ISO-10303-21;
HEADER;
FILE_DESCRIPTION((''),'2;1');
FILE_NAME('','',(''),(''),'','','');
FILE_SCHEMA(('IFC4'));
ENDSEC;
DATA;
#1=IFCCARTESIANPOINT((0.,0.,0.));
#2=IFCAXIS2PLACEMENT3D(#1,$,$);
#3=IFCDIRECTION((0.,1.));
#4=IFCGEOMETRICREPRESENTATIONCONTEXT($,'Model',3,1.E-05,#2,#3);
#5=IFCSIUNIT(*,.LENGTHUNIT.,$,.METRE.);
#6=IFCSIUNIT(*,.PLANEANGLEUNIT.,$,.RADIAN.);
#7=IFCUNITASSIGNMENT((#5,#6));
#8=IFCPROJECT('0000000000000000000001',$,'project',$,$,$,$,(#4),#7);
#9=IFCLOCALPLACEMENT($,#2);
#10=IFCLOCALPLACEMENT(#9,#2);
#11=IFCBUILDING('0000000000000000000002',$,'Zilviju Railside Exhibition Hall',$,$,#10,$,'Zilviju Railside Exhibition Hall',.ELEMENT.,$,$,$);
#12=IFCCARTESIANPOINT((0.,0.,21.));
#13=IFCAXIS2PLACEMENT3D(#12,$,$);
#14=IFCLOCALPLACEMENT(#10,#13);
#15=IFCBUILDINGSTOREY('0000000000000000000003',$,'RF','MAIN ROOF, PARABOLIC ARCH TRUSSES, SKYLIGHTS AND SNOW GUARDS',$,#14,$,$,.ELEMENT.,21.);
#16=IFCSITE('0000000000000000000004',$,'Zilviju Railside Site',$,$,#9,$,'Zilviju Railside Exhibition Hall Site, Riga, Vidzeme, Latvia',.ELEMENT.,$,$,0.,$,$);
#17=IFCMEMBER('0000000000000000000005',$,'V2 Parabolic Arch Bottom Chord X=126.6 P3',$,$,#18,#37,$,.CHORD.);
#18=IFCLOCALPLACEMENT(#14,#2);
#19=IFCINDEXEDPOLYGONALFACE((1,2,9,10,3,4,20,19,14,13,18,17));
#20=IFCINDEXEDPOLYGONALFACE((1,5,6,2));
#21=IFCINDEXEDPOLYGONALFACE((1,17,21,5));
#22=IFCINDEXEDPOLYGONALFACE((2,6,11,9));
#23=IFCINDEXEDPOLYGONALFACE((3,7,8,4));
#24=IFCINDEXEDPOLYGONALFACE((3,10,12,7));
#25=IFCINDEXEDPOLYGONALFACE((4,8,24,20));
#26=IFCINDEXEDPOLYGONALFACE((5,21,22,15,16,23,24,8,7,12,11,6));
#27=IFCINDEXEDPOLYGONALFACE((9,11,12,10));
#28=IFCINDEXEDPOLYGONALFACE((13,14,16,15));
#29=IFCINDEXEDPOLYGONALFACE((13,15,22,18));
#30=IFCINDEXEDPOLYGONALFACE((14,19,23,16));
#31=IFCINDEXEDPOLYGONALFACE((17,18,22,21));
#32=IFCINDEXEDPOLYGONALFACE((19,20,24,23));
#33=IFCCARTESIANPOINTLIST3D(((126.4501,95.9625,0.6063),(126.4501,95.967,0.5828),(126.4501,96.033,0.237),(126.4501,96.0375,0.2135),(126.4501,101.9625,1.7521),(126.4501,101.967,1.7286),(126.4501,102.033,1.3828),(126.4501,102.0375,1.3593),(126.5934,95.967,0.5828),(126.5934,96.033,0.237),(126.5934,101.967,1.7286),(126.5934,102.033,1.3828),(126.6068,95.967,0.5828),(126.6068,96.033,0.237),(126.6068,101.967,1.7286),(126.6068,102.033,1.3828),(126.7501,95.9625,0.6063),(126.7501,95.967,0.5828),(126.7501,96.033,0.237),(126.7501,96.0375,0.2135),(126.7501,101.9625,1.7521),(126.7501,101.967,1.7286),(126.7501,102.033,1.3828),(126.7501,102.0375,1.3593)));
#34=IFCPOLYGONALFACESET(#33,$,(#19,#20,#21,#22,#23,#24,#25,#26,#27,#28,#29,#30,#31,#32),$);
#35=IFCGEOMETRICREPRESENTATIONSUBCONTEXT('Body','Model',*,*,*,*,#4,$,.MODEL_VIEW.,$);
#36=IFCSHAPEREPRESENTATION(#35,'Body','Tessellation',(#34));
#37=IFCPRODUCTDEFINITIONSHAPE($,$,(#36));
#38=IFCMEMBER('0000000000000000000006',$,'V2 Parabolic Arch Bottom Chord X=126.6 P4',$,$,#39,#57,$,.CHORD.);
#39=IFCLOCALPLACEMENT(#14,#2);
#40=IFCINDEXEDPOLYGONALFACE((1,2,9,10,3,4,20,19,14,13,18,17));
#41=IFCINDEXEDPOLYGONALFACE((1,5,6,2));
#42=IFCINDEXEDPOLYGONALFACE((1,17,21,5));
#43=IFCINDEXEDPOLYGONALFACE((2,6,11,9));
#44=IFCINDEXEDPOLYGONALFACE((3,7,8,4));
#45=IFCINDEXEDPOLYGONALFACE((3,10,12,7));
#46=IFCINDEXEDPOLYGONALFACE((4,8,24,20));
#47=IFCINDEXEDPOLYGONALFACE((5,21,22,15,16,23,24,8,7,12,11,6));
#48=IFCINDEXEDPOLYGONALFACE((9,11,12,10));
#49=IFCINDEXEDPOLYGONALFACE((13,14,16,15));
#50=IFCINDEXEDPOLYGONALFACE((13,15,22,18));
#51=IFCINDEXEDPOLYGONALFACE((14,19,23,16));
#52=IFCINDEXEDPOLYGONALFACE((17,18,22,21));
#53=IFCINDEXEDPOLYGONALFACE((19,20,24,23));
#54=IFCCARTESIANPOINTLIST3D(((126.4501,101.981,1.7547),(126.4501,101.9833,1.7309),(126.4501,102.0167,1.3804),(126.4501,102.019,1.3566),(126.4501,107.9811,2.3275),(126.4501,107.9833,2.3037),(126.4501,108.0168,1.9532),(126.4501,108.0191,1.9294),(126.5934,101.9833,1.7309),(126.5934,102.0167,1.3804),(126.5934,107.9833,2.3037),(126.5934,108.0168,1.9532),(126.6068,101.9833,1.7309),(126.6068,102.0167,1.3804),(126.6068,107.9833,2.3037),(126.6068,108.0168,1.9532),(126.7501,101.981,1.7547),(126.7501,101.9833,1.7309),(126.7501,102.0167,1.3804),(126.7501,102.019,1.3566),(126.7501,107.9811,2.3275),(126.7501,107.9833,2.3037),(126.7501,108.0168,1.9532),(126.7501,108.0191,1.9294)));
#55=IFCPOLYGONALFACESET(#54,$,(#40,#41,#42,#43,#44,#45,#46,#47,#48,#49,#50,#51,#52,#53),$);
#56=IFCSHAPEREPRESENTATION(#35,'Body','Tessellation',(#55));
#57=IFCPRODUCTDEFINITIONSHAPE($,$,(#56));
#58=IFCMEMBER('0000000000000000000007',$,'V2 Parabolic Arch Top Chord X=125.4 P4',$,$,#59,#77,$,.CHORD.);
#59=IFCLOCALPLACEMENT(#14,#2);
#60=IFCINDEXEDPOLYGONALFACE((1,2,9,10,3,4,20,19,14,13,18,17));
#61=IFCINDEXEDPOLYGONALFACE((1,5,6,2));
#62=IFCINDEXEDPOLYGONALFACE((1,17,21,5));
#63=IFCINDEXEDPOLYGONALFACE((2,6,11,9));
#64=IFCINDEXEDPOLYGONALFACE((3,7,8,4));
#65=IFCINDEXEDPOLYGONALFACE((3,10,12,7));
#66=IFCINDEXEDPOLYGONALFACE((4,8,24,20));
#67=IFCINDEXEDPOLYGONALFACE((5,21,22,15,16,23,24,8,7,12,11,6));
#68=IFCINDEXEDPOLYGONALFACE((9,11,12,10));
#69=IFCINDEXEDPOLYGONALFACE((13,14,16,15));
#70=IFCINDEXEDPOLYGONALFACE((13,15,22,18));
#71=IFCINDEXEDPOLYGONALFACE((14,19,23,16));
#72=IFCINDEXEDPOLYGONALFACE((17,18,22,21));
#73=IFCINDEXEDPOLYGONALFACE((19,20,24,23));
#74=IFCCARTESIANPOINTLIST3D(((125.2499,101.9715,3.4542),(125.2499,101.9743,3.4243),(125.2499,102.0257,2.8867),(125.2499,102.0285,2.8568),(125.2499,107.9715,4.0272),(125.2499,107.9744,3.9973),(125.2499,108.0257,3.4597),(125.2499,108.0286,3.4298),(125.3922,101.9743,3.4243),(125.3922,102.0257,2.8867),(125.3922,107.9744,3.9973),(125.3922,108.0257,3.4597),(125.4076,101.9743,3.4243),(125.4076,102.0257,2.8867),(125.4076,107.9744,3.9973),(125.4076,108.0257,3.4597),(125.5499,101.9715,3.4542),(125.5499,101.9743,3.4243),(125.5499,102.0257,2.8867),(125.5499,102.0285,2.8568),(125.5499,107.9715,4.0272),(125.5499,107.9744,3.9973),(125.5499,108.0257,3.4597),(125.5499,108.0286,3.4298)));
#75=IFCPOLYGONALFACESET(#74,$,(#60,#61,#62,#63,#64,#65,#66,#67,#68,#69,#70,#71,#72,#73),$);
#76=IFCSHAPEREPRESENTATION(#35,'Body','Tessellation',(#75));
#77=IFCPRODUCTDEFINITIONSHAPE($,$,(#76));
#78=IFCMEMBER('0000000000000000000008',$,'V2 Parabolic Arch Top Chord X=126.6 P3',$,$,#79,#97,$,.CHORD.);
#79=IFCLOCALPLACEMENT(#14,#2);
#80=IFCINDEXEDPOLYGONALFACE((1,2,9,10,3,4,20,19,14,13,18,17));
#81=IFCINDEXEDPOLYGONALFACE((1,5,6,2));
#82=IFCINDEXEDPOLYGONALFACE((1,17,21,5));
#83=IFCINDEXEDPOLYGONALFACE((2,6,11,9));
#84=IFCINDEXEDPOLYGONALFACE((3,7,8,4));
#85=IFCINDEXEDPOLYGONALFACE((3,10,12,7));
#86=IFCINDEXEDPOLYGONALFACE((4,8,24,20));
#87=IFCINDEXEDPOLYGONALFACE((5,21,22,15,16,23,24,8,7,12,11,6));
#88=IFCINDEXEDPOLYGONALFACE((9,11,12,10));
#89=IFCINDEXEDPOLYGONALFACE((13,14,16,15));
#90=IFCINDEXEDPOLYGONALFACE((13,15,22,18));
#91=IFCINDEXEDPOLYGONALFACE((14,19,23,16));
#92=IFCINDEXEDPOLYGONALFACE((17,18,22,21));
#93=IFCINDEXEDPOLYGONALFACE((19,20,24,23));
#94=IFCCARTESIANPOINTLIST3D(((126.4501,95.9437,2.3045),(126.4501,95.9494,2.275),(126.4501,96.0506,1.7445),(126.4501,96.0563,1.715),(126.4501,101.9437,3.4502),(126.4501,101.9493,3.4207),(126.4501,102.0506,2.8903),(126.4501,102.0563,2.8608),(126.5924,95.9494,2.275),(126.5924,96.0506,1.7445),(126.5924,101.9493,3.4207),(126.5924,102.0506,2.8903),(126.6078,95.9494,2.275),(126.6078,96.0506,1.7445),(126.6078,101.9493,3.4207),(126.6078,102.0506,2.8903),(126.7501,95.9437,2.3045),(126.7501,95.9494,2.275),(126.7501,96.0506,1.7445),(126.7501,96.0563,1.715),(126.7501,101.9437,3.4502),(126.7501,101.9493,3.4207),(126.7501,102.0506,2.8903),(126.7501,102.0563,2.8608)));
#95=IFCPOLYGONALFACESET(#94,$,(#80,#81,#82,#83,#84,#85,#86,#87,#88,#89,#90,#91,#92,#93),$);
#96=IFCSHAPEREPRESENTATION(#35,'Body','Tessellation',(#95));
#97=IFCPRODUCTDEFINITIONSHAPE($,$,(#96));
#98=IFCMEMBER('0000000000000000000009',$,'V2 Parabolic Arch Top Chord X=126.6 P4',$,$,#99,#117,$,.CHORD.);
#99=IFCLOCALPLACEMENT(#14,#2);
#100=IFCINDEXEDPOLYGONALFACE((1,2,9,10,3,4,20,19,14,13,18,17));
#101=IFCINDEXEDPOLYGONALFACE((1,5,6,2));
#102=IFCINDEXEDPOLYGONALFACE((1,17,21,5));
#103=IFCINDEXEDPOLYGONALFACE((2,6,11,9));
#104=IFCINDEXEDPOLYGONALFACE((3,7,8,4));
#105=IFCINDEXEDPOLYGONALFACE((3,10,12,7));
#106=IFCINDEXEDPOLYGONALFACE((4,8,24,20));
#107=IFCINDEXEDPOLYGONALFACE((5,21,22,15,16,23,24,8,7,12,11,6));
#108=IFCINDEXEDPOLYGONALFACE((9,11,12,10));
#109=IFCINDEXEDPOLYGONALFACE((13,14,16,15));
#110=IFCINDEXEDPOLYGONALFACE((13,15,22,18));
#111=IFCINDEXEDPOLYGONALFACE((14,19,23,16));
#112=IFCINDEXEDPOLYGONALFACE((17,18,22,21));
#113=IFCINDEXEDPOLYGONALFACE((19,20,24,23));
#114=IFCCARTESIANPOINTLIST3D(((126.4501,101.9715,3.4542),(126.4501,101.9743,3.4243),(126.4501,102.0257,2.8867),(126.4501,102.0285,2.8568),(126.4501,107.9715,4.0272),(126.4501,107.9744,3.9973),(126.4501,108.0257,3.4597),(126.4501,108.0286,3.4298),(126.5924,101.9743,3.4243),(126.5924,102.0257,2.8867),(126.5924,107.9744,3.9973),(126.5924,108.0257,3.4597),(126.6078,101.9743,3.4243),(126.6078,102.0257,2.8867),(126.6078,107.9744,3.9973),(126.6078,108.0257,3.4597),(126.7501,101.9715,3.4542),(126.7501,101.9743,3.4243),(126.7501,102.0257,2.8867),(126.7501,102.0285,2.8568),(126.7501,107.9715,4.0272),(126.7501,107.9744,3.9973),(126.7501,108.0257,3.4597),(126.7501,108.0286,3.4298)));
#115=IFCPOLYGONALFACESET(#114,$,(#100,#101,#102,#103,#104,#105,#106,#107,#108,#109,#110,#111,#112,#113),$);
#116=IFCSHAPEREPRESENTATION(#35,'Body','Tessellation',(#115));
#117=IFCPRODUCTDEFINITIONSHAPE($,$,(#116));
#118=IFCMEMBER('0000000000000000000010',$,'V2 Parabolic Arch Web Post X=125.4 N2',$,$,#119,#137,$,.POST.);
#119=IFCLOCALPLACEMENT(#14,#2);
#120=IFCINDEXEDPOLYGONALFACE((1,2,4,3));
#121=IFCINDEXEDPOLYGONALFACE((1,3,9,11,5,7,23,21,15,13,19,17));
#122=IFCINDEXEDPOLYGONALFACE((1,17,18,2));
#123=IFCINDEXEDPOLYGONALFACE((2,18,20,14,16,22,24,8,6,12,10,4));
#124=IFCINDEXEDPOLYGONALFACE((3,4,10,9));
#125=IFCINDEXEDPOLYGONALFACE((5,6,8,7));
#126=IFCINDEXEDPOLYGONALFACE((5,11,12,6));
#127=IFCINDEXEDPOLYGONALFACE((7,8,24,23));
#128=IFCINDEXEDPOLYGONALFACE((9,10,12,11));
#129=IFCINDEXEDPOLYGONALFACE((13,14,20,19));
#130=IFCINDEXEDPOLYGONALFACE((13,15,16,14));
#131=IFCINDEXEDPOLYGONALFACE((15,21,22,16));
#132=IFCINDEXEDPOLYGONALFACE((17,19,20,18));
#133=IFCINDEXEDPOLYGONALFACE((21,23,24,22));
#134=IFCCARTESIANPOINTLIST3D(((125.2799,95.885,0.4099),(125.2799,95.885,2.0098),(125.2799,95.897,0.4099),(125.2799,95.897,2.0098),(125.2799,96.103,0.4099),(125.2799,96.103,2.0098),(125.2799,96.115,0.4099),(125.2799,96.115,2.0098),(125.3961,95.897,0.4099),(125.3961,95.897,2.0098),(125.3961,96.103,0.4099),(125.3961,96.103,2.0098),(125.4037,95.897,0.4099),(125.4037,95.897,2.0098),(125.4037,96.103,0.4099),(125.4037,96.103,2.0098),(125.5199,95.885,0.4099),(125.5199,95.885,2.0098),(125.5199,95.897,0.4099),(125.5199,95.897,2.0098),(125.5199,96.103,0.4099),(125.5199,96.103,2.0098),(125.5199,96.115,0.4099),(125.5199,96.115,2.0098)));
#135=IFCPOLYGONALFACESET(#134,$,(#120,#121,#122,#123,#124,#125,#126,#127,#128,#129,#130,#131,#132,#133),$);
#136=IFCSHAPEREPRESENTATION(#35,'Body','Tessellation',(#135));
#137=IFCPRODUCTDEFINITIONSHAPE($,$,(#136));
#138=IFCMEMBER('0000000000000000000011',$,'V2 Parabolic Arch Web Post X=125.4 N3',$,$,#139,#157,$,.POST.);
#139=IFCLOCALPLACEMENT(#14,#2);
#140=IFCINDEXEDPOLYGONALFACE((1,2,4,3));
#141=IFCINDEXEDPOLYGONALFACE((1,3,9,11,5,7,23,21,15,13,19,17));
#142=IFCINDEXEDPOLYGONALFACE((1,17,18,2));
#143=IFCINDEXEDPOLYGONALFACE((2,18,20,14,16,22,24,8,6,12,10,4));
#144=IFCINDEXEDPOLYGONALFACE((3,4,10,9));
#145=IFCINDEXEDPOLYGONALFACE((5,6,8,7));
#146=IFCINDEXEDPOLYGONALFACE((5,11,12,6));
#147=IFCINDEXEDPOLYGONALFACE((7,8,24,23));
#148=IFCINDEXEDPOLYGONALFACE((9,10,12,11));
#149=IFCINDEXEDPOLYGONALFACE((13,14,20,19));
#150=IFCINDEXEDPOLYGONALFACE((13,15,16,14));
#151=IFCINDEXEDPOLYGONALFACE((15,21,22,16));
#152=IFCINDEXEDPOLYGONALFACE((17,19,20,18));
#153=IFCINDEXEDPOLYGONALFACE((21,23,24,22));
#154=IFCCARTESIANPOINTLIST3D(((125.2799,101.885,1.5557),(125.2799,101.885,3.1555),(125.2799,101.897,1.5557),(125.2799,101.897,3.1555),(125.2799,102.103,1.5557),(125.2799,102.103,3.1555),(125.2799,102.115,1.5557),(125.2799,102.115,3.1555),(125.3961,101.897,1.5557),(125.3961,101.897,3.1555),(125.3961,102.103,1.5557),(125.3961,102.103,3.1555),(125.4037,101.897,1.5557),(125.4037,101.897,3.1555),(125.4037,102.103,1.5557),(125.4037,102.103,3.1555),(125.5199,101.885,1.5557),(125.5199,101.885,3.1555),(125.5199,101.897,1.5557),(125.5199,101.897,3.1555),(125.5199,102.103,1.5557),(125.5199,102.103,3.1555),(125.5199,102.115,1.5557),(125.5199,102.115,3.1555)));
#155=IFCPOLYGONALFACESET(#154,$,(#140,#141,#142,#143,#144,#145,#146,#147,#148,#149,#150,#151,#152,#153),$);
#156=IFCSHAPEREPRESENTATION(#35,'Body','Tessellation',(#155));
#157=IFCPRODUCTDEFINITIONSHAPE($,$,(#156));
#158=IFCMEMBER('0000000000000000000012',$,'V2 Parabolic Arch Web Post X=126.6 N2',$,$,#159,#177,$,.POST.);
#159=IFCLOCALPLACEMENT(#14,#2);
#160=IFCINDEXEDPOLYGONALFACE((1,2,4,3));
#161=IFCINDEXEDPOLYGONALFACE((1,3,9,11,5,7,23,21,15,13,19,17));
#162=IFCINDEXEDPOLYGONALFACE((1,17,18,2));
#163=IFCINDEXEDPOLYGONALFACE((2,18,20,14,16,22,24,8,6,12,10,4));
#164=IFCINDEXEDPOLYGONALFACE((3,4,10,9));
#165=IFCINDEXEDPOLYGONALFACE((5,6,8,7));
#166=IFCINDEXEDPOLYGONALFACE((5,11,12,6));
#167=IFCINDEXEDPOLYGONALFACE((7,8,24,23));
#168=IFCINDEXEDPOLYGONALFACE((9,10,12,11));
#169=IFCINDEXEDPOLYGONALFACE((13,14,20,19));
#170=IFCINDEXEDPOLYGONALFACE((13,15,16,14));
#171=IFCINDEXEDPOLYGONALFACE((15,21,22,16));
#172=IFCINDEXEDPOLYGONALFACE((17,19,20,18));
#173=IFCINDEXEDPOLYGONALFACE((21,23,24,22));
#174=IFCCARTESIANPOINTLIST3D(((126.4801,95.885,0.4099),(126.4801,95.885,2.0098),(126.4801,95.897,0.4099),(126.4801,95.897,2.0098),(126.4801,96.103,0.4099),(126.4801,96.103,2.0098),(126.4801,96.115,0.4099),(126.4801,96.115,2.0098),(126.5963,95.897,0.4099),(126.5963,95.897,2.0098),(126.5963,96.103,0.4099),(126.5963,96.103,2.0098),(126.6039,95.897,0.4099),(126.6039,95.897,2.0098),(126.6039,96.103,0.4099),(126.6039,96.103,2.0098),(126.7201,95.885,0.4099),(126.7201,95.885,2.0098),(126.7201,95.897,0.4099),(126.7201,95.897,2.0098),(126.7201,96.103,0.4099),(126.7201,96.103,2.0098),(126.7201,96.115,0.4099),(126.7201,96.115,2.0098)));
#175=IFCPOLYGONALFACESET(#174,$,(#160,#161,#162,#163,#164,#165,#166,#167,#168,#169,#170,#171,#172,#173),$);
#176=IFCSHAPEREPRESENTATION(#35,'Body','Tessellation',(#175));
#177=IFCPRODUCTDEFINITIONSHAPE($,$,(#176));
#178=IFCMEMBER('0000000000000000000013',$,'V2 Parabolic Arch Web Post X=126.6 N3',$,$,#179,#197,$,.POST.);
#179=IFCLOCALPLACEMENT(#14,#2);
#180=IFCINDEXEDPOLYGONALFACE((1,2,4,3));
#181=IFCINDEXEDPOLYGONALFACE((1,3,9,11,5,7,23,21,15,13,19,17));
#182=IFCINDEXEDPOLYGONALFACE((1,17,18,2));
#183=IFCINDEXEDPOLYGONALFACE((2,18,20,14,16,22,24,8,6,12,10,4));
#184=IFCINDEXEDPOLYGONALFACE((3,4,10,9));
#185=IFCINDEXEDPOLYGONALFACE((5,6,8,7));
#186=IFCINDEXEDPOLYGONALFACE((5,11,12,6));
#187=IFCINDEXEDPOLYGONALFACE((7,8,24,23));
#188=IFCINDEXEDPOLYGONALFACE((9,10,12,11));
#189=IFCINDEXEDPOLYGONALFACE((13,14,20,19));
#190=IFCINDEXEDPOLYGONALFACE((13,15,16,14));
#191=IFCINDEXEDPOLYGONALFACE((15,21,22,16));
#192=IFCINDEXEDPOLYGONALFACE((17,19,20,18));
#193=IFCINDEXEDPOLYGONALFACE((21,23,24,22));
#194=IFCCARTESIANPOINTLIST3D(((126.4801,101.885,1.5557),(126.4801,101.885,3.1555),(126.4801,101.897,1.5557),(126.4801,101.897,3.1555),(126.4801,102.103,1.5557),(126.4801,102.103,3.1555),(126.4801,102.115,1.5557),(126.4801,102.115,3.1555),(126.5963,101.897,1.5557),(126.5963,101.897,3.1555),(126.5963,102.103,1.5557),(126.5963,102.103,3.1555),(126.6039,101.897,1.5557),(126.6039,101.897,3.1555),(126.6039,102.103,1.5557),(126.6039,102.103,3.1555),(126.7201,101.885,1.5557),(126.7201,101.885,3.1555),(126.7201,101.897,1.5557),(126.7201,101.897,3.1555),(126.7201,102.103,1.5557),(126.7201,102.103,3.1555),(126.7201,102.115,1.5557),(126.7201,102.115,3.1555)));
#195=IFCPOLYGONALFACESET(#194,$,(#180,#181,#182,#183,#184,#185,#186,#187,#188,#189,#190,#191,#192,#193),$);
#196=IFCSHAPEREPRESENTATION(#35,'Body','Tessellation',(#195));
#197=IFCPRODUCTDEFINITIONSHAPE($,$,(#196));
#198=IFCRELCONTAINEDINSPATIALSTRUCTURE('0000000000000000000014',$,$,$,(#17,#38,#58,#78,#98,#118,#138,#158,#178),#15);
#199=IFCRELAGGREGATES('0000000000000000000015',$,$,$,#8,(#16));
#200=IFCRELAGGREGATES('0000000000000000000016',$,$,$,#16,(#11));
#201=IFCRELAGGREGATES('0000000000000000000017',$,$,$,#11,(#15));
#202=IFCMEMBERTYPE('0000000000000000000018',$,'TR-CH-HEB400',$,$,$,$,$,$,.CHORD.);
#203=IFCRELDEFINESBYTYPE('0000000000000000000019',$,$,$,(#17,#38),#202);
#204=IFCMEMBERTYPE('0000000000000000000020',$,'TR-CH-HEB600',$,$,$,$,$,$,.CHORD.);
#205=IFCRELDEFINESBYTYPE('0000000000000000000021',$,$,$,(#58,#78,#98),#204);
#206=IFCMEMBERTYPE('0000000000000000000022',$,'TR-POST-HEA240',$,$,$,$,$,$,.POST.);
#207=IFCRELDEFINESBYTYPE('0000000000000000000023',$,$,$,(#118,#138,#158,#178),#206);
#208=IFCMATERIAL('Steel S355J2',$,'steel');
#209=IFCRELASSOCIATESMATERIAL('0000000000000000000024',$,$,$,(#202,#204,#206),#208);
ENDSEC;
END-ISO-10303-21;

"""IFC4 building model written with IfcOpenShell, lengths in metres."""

from ifc_helpers import new_model, si_unit, direction, frame, origin, origin_2d, place, context, subcontext, project, spatial, i_section, extrude, material, material_profile, profile_set, type_object, element, save


model = new_model("IFC4")

# Units and contexts
model_context = context("Model", 3, precision=1e-05, world=origin(), true_north=direction((0.0, 1.0)))
body_context = subcontext(model_context, "Body", "Model", "MODEL_VIEW")
ifc_project = project(units=[si_unit("LENGTHUNIT", "METRE"), si_unit("PLANEANGLEUNIT", "RADIAN")], contexts=[model_context])

# Site, building, storey
site_placement = place(None, origin())
site = spatial("IfcSite", under=ifc_project, at=site_placement, Name="Zilviju Railside Site", LongName="Zilviju Railside Exhibition Hall Site, Riga, Vidzeme, Latvia", CompositionType="ELEMENT", RefElevation=0.0)
building_placement = place(site_placement, origin())
building = spatial("IfcBuilding", under=site, at=building_placement, Name="Zilviju Railside Exhibition Hall", LongName="Zilviju Railside Exhibition Hall", CompositionType="ELEMENT")
storey_placement = place(building_placement, frame((0.0, 0.0, 21.0)))
storey = spatial("IfcBuildingStorey", under=building, at=storey_placement, Name="RF", Description="MAIN ROOF, PARABOLIC ARCH TRUSSES, SKYLIGHTS AND SNOW GUARDS", CompositionType="ELEMENT", Elevation=21.0)

# Members
ifc_material_1 = material(Name="Steel S355J2", Category="steel")
ifc_material_profile_1 = material_profile(ifc_material_1, i_section(OverallWidth=0.3, OverallDepth=0.3999, WebThickness=0.0134, FlangeThickness=0.0239, at=origin_2d()), Name="HEB 400")
ifc_profile_set_1 = profile_set([ifc_material_profile_1], Name="Steel S355J2")
member_type_1 = type_object("IfcMemberType", Name="TR-CH-HEB400", PredefinedType="CHORD", material=ifc_profile_set_1)
member_1_placement = place(storey_placement, frame((126.6001, 96.0, 0.4099), z_axis=(0.0, 0.982251, 0.187569), x_axis=(-1.0, 0.0, 0.0)))
element("IfcMember", 1, at=member_1_placement, inside=storey, type_object=member_type_1, Name="V2 Parabolic Arch Bottom Chord X=126.6 P3", PredefinedType="CHORD", context=body_context, shape_type="SweptSolid", body=[
    extrude(i_section(OverallWidth=0.3, OverallDepth=0.3999, WebThickness=0.0134, FlangeThickness=0.0239, at=origin_2d()), origin(), (0.0, 0.0, 1.0), 6.1084),
])
member_2_placement = place(storey_placement, frame((126.6001, 102.0, 1.5557), z_axis=(0.0, 0.995475, 0.095027), x_axis=(-1.0, 0.0, 0.0)))
element("IfcMember", 2, at=member_2_placement, inside=storey, type_object=member_type_1, Name="V2 Parabolic Arch Bottom Chord X=126.6 P4", PredefinedType="CHORD", context=body_context, shape_type="SweptSolid", body=[
    extrude(i_section(OverallWidth=0.3, OverallDepth=0.3999, WebThickness=0.0134, FlangeThickness=0.0239, at=origin_2d()), origin(), (0.0, 0.0, 1.0), 6.0273),
])
ifc_material_profile_2 = material_profile(ifc_material_1, i_section(OverallWidth=0.3, OverallDepth=0.6001, WebThickness=0.0154, FlangeThickness=0.03, at=origin_2d()), Name="HEB 600")
ifc_profile_set_2 = profile_set([ifc_material_profile_2], Name="Steel S355J2")
member_type_2 = type_object("IfcMemberType", Name="TR-CH-HEB600", PredefinedType="CHORD", material=ifc_profile_set_2)
member_3_placement = place(storey_placement, frame((125.3999, 102.0, 3.1555), z_axis=(0.0, 0.995471, 0.095067), x_axis=(-1.0, 0.0, 0.0)))
element("IfcMember", 3, at=member_3_placement, inside=storey, type_object=member_type_2, Name="V2 Parabolic Arch Top Chord X=125.4 P4", PredefinedType="CHORD", context=body_context, shape_type="SweptSolid", body=[
    extrude(i_section(OverallWidth=0.3, OverallDepth=0.6001, WebThickness=0.0154, FlangeThickness=0.03, at=origin_2d()), origin(), (0.0, 0.0, 1.0), 6.0273),
])
member_4_placement = place(storey_placement, frame((126.6001, 96.0, 2.0098), z_axis=(0.0, 0.982251, 0.187569), x_axis=(-1.0, 0.0, 0.0)))
element("IfcMember", 4, at=member_4_placement, inside=storey, type_object=member_type_2, Name="V2 Parabolic Arch Top Chord X=126.6 P3", PredefinedType="CHORD", context=body_context, shape_type="SweptSolid", body=[
    extrude(i_section(OverallWidth=0.3, OverallDepth=0.6001, WebThickness=0.0154, FlangeThickness=0.03, at=origin_2d()), origin(), (0.0, 0.0, 1.0), 6.1084),
])
member_5_placement = place(storey_placement, frame((126.6001, 102.0, 3.1555), z_axis=(0.0, 0.995471, 0.095067), x_axis=(-1.0, 0.0, 0.0)))
element("IfcMember", 5, at=member_5_placement, inside=storey, type_object=member_type_2, Name="V2 Parabolic Arch Top Chord X=126.6 P4", PredefinedType="CHORD", context=body_context, shape_type="SweptSolid", body=[
    extrude(i_section(OverallWidth=0.3, OverallDepth=0.6001, WebThickness=0.0154, FlangeThickness=0.03, at=origin_2d()), origin(), (0.0, 0.0, 1.0), 6.0273),
])
ifc_material_profile_3 = material_profile(ifc_material_1, i_section(OverallWidth=0.24, OverallDepth=0.23, WebThickness=0.0076, FlangeThickness=0.012, at=origin_2d()), Name="HEA 240")
ifc_profile_set_3 = profile_set([ifc_material_profile_3], Name="Steel S355J2")
member_type_3 = type_object("IfcMemberType", Name="TR-POST-HEA240", PredefinedType="POST", material=ifc_profile_set_3)
for number, where, z_axis, x_axis, name in (
    (6, (125.3999, 96.0, 0.4099), (0.0, 0.0, 1.0), (1.0, 0.0, 0.0), "V2 Parabolic Arch Web Post X=125.4 N2"),
    (7, (125.3999, 102.0, 1.5557), (0.0, 0.0, 1.0), (1.0, 0.0, 0.0), "V2 Parabolic Arch Web Post X=125.4 N3"),
    (8, (126.6001, 96.0, 0.4099), (0.0, 0.0, 1.0), (1.0, 0.0, 0.0), "V2 Parabolic Arch Web Post X=126.6 N2"),
    (9, (126.6001, 102.0, 1.5557), (0.0, 0.0, 1.0), (1.0, 0.0, 0.0), "V2 Parabolic Arch Web Post X=126.6 N3"),
):
    element("IfcMember", number, at=place(storey_placement, frame(where, z_axis=z_axis, x_axis=x_axis)), inside=storey, type_object=member_type_3, Name=name, PredefinedType="POST", context=body_context, shape_type="SweptSolid", body=[
        extrude(i_section(OverallWidth=0.24, OverallDepth=0.23, WebThickness=0.0076, FlangeThickness=0.012, at=origin_2d()), origin(), (0.0, 0.0, 1.0), 1.5999),
    ])

save(model, "model.ifc")
